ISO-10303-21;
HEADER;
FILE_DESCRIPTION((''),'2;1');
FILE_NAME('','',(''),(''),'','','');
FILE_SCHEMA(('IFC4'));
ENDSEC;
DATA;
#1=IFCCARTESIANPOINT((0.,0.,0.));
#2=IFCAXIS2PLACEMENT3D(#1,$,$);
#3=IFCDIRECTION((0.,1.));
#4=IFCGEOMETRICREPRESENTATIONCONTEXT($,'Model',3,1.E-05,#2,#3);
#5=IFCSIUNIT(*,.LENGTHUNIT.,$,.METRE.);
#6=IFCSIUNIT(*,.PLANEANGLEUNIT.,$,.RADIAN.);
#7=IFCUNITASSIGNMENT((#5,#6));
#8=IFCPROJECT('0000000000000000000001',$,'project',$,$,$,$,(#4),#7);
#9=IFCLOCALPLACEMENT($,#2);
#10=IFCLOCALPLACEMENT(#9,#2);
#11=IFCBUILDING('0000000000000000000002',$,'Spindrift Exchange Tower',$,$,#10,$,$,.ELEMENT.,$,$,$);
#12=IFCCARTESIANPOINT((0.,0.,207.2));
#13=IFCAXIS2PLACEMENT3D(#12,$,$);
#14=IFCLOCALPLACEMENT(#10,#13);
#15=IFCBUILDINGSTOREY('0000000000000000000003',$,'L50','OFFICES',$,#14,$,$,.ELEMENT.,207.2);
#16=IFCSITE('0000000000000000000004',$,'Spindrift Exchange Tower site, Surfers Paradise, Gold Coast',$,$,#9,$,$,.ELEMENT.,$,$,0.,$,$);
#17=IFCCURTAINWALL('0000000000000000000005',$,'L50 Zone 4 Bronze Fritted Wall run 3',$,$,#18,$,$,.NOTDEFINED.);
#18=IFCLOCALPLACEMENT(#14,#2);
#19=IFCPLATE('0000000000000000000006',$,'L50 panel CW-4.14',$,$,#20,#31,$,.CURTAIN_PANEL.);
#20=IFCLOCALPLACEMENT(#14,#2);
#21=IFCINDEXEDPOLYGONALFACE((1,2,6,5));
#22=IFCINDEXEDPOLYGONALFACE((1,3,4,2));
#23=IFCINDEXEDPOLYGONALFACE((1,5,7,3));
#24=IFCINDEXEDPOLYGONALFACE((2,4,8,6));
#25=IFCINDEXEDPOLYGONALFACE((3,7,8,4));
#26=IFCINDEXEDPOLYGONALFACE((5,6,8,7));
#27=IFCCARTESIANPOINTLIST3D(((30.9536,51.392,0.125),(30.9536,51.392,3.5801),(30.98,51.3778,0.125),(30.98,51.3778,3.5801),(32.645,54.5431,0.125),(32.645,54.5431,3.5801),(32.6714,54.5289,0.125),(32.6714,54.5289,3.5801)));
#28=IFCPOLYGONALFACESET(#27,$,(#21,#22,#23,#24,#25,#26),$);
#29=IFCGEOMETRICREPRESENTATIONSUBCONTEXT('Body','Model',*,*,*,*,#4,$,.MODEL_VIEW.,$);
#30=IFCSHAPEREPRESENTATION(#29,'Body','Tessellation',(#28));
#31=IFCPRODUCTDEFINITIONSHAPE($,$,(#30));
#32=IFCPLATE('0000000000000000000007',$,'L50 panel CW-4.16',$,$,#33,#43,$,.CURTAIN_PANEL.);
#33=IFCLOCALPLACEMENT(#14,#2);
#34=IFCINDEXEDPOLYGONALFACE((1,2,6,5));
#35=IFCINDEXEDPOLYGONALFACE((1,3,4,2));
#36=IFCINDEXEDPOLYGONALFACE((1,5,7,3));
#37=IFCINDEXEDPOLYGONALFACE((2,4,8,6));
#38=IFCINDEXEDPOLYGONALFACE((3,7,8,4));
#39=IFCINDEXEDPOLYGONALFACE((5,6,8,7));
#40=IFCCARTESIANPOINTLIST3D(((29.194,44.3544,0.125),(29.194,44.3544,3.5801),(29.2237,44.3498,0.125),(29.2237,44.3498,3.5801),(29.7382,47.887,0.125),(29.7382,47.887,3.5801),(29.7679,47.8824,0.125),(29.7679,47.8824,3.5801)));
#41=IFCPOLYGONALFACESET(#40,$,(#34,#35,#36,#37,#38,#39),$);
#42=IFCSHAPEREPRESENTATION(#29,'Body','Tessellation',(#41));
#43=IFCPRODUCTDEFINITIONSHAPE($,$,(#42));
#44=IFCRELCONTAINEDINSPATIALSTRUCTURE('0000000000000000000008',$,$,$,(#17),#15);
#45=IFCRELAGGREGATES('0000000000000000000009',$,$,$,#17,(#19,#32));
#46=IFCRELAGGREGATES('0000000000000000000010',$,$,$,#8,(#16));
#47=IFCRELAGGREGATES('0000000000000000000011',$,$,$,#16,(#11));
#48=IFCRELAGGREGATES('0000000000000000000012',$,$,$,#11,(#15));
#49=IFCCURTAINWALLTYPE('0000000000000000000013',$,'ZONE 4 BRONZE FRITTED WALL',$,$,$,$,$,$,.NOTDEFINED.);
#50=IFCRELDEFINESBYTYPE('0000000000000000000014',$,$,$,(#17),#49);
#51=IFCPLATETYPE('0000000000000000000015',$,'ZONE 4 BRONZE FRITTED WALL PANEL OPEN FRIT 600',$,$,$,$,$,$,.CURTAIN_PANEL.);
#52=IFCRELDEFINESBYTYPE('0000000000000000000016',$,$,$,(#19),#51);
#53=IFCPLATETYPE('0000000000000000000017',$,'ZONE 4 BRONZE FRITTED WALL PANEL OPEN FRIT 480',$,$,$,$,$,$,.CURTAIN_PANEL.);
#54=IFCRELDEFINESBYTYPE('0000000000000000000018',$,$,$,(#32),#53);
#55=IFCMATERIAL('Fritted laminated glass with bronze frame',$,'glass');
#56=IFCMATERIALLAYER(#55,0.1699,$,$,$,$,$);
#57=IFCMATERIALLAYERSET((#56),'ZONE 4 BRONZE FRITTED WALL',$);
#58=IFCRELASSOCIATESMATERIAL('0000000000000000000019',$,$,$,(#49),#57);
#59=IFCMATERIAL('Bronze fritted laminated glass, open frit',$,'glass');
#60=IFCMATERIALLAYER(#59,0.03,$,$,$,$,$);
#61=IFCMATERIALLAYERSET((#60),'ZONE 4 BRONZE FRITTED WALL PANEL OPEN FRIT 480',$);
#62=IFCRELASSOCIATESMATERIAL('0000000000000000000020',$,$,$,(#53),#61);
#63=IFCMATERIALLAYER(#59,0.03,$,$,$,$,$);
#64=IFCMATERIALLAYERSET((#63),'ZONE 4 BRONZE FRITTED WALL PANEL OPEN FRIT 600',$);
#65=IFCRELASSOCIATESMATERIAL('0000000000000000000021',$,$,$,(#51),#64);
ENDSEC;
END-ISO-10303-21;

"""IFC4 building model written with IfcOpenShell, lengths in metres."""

from ifc_helpers import new_model, si_unit, direction, frame, origin, origin_2d, place, context, subcontext, project, spatial, rectangle, extrude, source, transform, mapped, material, layer, layer_set, type_object, element, aggregate, save


model = new_model("IFC4")

# Units and contexts
model_context = context("Model", 3, precision=1e-05, world=origin(), true_north=direction((0.0, 1.0)))
body_context = subcontext(model_context, "Body", "Model", "MODEL_VIEW")
ifc_project = project(units=[si_unit("LENGTHUNIT", "METRE"), si_unit("PLANEANGLEUNIT", "RADIAN")], contexts=[model_context])

# Site, building, storey
site_placement = place(None, origin())
site = spatial("IfcSite", under=ifc_project, at=site_placement, Name="Spindrift Exchange Tower site, Surfers Paradise, Gold Coast", CompositionType="ELEMENT", RefElevation=0.0)
building_placement = place(site_placement, origin())
building = spatial("IfcBuilding", under=site, at=building_placement, Name="Spindrift Exchange Tower", CompositionType="ELEMENT")
storey_placement = place(building_placement, frame((0.0, 0.0, 207.2)))
storey = spatial("IfcBuildingStorey", under=building, at=storey_placement, Name="L50", Description="OFFICES", CompositionType="ELEMENT", Elevation=207.2)

# Curtain wall, plates
ifc_material_1 = material(Name="Fritted laminated glass with bronze frame", Category="glass")
ifc_layer_1 = layer(ifc_material_1, 0.1699)
ifc_layer_set_1 = layer_set([ifc_layer_1], Name="ZONE 4 BRONZE FRITTED WALL")
curtain_wall_type = type_object("IfcCurtainWallType", Name="ZONE 4 BRONZE FRITTED WALL", PredefinedType="NOTDEFINED", material=ifc_layer_set_1)
curtain_wall_placement = place(storey_placement, origin())
curtain_wall = element("IfcCurtainWall", 1, at=curtain_wall_placement, inside=storey, type_object=curtain_wall_type, Name="L50 Zone 4 Bronze Fritted Wall run 3", PredefinedType="NOTDEFINED")
ifc_material_2 = material(Name="Bronze fritted laminated glass, open frit", Category="glass")
ifc_layer_2 = layer(ifc_material_2, 0.03)
ifc_layer_set_2 = layer_set([ifc_layer_2], Name="ZONE 4 BRONZE FRITTED WALL PANEL OPEN FRIT 480")
plate_type_1 = type_object("IfcPlateType", Name="ZONE 4 BRONZE FRITTED WALL PANEL OPEN FRIT 480", PredefinedType="CURTAIN_PANEL", material=ifc_layer_set_2)
ifc_layer_3 = layer(ifc_material_2, 0.03)
ifc_layer_set_3 = layer_set([ifc_layer_3], Name="ZONE 4 BRONZE FRITTED WALL PANEL OPEN FRIT 600")
plate_type_2 = type_object("IfcPlateType", Name="ZONE 4 BRONZE FRITTED WALL PANEL OPEN FRIT 600", PredefinedType="CURTAIN_PANEL", material=ifc_layer_set_3)
shared_shape_1 = source(origin(), body_context, "Body", "SweptSolid", [
    extrude(rectangle(XDim=3.5764, YDim=0.03, at=origin_2d()), origin(), (0.0, 0.0, 1.0), 3.4551),
])
plate_1_placement = place(storey_placement, frame((31.8125, 52.9604, 0.125), z_axis=(0.0, 0.0, 1.0), x_axis=(-0.472938, -0.881096, 0.0)))
plate_1 = element("IfcPlate", 2, at=plate_1_placement, type_object=plate_type_2, Name="L50 panel CW-4.14", PredefinedType="CURTAIN_PANEL", context=body_context, shape_type="MappedRepresentation", body=[
    mapped(shared_shape_1, transform((0.0, 0.0, 0.0), scale=1.0)),
])
shared_shape_2 = source(origin(), body_context, "Body", "SweptSolid", [
    extrude(rectangle(XDim=3.5742, YDim=0.03, at=origin_2d()), origin(), (0.0, 0.0, 1.0), 3.4551),
])
plate_2_placement = place(storey_placement, frame((29.481, 46.1184, 0.125), z_axis=(0.0, 0.0, 1.0), x_axis=(-0.152261, -0.98834, 0.0)))
plate_2 = element("IfcPlate", 3, at=plate_2_placement, type_object=plate_type_1, Name="L50 panel CW-4.16", PredefinedType="CURTAIN_PANEL", context=body_context, shape_type="MappedRepresentation", body=[
    mapped(shared_shape_2, transform((0.0, 0.0, 0.0), scale=1.0)),
])
aggregate(curtain_wall, [plate_1, plate_2])

save(model, "model.ifc")
